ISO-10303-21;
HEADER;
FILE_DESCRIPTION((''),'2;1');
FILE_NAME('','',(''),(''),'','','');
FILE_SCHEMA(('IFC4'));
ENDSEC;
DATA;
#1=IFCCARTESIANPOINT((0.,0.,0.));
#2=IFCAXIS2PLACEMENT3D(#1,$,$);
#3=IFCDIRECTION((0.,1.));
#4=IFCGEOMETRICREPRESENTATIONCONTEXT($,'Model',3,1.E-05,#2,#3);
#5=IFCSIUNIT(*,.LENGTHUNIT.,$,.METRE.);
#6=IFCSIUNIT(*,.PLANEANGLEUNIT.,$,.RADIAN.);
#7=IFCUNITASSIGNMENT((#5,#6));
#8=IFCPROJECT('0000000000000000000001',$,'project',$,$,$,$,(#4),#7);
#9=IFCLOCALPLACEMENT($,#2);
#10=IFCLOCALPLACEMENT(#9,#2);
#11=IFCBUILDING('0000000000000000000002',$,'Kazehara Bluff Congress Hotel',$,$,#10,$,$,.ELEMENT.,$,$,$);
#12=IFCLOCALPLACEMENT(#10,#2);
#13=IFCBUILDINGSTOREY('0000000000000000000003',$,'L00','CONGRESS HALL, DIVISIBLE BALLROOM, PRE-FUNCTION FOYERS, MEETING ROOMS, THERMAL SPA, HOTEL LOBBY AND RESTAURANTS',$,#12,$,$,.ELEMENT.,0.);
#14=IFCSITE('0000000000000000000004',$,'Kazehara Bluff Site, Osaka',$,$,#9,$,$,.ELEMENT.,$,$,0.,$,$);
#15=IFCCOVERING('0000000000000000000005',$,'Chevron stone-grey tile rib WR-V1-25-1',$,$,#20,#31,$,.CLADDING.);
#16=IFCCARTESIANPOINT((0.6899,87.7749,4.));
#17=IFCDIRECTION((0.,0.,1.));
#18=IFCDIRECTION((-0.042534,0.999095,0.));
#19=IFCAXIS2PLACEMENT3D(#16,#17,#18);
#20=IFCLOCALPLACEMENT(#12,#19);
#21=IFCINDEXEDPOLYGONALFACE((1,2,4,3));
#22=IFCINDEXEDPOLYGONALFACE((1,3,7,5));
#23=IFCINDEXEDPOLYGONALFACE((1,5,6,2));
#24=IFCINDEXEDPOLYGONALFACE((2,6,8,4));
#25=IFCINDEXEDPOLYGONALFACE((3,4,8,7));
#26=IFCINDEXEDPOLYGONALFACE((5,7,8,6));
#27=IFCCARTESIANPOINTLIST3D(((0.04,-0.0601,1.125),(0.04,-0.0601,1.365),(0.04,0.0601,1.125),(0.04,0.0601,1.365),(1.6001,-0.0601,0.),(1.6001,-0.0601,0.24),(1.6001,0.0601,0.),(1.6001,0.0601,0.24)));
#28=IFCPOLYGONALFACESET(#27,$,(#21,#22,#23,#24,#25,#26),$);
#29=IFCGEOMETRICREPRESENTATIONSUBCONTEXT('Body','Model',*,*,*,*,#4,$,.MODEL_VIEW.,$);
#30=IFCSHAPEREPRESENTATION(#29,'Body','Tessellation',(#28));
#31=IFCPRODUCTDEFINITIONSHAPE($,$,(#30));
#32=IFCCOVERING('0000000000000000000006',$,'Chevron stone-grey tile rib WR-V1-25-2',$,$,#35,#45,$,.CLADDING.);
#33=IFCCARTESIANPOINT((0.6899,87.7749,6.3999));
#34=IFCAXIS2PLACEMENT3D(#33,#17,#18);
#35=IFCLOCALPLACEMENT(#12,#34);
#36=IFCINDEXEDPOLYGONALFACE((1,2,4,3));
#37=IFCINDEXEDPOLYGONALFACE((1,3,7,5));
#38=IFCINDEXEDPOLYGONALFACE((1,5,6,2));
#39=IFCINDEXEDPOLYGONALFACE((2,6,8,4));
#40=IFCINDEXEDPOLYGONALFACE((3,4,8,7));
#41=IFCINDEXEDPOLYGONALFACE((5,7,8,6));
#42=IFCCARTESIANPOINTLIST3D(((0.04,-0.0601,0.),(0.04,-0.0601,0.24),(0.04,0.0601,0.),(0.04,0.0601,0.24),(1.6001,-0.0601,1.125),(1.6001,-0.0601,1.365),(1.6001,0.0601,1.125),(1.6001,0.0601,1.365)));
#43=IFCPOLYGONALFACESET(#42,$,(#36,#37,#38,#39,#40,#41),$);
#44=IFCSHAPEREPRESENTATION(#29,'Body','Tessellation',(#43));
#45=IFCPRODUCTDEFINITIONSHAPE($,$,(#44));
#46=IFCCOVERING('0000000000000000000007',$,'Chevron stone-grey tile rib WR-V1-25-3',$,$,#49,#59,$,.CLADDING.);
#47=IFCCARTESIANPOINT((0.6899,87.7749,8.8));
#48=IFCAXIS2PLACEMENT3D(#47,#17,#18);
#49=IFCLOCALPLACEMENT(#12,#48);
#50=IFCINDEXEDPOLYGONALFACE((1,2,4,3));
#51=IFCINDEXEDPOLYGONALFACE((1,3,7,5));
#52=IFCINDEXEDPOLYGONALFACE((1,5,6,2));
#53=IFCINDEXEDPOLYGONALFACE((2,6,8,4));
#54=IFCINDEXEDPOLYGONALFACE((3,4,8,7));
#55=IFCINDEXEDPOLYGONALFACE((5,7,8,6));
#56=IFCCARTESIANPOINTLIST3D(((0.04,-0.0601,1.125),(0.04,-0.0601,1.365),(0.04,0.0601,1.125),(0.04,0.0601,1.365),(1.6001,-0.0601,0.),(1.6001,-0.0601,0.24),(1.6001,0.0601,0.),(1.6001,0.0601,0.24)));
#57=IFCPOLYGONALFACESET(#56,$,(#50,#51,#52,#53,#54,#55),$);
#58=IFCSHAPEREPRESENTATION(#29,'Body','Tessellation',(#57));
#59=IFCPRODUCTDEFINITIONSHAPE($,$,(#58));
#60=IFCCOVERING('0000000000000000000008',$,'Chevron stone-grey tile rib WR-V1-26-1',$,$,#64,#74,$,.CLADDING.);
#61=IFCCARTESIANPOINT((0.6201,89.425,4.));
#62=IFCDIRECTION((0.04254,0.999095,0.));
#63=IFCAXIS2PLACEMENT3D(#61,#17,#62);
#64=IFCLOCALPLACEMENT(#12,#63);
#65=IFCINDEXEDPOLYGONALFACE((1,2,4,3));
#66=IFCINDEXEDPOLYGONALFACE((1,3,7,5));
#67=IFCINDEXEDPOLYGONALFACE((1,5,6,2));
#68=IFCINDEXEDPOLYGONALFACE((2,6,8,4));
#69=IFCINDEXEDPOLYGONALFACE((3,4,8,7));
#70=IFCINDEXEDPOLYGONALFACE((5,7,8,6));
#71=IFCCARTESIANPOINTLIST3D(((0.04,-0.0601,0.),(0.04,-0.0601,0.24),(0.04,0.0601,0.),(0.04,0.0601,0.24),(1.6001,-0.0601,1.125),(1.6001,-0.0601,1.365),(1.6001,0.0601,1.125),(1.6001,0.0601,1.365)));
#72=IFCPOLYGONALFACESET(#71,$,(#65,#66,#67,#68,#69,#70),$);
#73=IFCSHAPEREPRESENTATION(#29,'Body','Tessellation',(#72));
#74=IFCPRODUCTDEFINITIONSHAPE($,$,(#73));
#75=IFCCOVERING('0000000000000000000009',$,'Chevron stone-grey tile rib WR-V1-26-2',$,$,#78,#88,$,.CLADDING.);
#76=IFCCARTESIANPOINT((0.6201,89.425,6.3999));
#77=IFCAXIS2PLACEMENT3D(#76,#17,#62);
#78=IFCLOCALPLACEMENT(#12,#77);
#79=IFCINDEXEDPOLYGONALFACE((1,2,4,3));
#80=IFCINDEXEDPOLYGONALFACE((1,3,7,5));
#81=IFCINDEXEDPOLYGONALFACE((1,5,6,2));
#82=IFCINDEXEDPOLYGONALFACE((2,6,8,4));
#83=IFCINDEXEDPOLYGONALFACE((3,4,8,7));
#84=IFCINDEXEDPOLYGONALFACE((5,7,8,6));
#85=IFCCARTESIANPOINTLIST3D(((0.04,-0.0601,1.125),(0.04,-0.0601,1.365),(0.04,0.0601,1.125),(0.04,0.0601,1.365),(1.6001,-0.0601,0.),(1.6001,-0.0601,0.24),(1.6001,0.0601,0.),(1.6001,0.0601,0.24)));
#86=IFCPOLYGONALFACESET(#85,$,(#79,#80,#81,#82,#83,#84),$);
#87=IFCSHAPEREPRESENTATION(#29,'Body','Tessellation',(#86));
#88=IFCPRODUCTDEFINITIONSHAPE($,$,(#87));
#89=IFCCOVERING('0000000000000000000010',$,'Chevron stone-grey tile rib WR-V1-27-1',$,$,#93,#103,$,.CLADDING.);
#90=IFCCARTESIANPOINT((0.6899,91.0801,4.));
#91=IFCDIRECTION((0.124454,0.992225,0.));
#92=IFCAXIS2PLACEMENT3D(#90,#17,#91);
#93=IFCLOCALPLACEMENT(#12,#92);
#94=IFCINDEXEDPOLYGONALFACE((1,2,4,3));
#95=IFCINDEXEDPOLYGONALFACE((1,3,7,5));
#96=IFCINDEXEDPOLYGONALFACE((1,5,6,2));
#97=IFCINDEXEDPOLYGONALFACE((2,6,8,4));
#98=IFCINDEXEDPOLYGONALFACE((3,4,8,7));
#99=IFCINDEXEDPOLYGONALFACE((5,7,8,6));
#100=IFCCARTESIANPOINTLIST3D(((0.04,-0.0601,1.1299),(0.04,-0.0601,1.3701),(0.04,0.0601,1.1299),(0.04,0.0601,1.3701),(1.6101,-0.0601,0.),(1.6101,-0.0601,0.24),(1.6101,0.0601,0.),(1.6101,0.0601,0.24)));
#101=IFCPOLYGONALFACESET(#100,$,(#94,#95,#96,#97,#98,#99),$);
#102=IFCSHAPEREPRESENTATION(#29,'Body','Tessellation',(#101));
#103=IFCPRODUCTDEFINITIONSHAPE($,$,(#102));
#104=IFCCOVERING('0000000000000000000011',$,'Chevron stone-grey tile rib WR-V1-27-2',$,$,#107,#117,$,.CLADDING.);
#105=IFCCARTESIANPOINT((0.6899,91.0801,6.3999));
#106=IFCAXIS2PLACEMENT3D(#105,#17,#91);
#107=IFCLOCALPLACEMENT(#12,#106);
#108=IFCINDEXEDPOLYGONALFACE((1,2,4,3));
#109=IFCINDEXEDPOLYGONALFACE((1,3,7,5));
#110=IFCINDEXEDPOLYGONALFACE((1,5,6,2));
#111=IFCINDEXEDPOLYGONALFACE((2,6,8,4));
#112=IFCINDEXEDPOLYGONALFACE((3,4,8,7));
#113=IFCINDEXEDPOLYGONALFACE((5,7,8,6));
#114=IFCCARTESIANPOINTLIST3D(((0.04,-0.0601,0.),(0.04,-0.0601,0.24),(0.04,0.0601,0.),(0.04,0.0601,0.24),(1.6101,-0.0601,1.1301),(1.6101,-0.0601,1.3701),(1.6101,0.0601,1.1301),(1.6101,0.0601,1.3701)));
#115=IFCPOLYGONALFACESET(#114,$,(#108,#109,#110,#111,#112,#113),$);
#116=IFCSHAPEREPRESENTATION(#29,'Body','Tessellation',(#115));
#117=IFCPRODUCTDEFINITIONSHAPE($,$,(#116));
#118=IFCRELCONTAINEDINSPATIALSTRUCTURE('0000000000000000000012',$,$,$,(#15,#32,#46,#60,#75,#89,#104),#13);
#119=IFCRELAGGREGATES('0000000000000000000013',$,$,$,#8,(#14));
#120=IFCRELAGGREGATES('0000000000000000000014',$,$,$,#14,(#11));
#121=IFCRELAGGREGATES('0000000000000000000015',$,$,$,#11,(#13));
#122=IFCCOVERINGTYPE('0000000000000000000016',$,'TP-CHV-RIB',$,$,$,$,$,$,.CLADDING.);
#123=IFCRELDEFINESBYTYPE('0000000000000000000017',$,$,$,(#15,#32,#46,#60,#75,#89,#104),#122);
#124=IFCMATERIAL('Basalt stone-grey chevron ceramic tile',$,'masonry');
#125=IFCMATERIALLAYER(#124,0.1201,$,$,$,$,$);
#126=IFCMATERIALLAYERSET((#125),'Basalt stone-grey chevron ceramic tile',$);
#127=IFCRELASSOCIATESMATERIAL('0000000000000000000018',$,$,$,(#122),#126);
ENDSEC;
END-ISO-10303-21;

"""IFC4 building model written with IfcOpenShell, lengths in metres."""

from ifc_helpers import new_model, si_unit, direction, frame, origin, place, context, subcontext, project, spatial, polyline, outline, extrude, material, layer, layer_set, type_object, element, save


model = new_model("IFC4")

# Units and contexts
model_context = context("Model", 3, precision=1e-05, world=origin(), true_north=direction((0.0, 1.0)))
body_context = subcontext(model_context, "Body", "Model", "MODEL_VIEW")
ifc_project = project(units=[si_unit("LENGTHUNIT", "METRE"), si_unit("PLANEANGLEUNIT", "RADIAN")], contexts=[model_context])

# Site, building, storey
site_placement = place(None, origin())
site = spatial("IfcSite", under=ifc_project, at=site_placement, Name="Kazehara Bluff Site, Osaka", CompositionType="ELEMENT", RefElevation=0.0)
building_placement = place(site_placement, origin())
building = spatial("IfcBuilding", under=site, at=building_placement, Name="Kazehara Bluff Congress Hotel", CompositionType="ELEMENT")
storey_placement = place(building_placement, origin())
storey = spatial("IfcBuildingStorey", under=building, at=storey_placement, Name="L00", Description="CONGRESS HALL, DIVISIBLE BALLROOM, PRE-FUNCTION FOYERS, MEETING ROOMS, THERMAL SPA, HOTEL LOBBY AND RESTAURANTS", CompositionType="ELEMENT", Elevation=0.0)

# Coverings
ifc_material_1 = material(Name="Basalt stone-grey chevron ceramic tile", Category="masonry")
ifc_layer_1 = layer(ifc_material_1, 0.1201)
ifc_layer_set_1 = layer_set([ifc_layer_1], Name="Basalt stone-grey chevron ceramic tile")
covering_type_1 = type_object("IfcCoveringType", Name="TP-CHV-RIB", PredefinedType="CLADDING", material=ifc_layer_set_1)
covering_1_placement = place(storey_placement, frame((0.6899, 87.7749, 4.0), z_axis=(0.0, 0.0, 1.0), x_axis=(-0.042534, 0.999095, 0.0)))
element("IfcCovering", 1, at=covering_1_placement, inside=storey, type_object=covering_type_1, Name="Chevron stone-grey tile rib WR-V1-25-1", PredefinedType="CLADDING", context=body_context, shape_type="SweptSolid", body=[
    extrude(outline(polyline([(0.04, 1.125), (1.6001, 0.0), (1.6001, 0.24), (0.04, 1.365), (0.04, 1.125)])), frame((0.0, 0.0601, 0.0), z_axis=(0.0, -1.0, 0.0), x_axis=(1.0, 0.0, 0.0)), (0.0, 0.0, 1.0), 0.1201),
])
covering_2_placement = place(storey_placement, frame((0.6899, 87.7749, 6.3999), z_axis=(0.0, 0.0, 1.0), x_axis=(-0.042534, 0.999095, 0.0)))
element("IfcCovering", 2, at=covering_2_placement, inside=storey, type_object=covering_type_1, Name="Chevron stone-grey tile rib WR-V1-25-2", PredefinedType="CLADDING", context=body_context, shape_type="SweptSolid", body=[
    extrude(outline(polyline([(0.04, 0.0), (1.6001, 1.125), (1.6001, 1.365), (0.04, 0.24), (0.04, 0.0)])), frame((0.0, 0.0601, 0.0), z_axis=(0.0, -1.0, 0.0), x_axis=(1.0, 0.0, 0.0)), (0.0, 0.0, 1.0), 0.1201),
])
covering_3_placement = place(storey_placement, frame((0.6899, 87.7749, 8.8), z_axis=(0.0, 0.0, 1.0), x_axis=(-0.042534, 0.999095, 0.0)))
element("IfcCovering", 3, at=covering_3_placement, inside=storey, type_object=covering_type_1, Name="Chevron stone-grey tile rib WR-V1-25-3", PredefinedType="CLADDING", context=body_context, shape_type="SweptSolid", body=[
    extrude(outline(polyline([(0.04, 1.125), (1.6001, 0.0), (1.6001, 0.24), (0.04, 1.365), (0.04, 1.125)])), frame((0.0, 0.0601, 0.0), z_axis=(0.0, -1.0, 0.0), x_axis=(1.0, 0.0, 0.0)), (0.0, 0.0, 1.0), 0.1201),
])
covering_4_placement = place(storey_placement, frame((0.6201, 89.425, 4.0), z_axis=(0.0, 0.0, 1.0), x_axis=(0.04254, 0.999095, 0.0)))
element("IfcCovering", 4, at=covering_4_placement, inside=storey, type_object=covering_type_1, Name="Chevron stone-grey tile rib WR-V1-26-1", PredefinedType="CLADDING", context=body_context, shape_type="SweptSolid", body=[
    extrude(outline(polyline([(0.04, 0.0), (1.6001, 1.125), (1.6001, 1.365), (0.04, 0.24), (0.04, 0.0)])), frame((0.0, 0.0601, 0.0), z_axis=(0.0, -1.0, 0.0), x_axis=(1.0, 0.0, 0.0)), (0.0, 0.0, 1.0), 0.1201),
])
covering_5_placement = place(storey_placement, frame((0.6201, 89.425, 6.3999), z_axis=(0.0, 0.0, 1.0), x_axis=(0.04254, 0.999095, 0.0)))
element("IfcCovering", 5, at=covering_5_placement, inside=storey, type_object=covering_type_1, Name="Chevron stone-grey tile rib WR-V1-26-2", PredefinedType="CLADDING", context=body_context, shape_type="SweptSolid", body=[
    extrude(outline(polyline([(0.04, 1.125), (1.6001, 0.0), (1.6001, 0.24), (0.04, 1.365), (0.04, 1.125)])), frame((0.0, 0.0601, 0.0), z_axis=(0.0, -1.0, 0.0), x_axis=(1.0, 0.0, 0.0)), (0.0, 0.0, 1.0), 0.1201),
])
covering_6_placement = place(storey_placement, frame((0.6899, 91.0801, 4.0), z_axis=(0.0, 0.0, 1.0), x_axis=(0.124454, 0.992225, 0.0)))
element("IfcCovering", 6, at=covering_6_placement, inside=storey, type_object=covering_type_1, Name="Chevron stone-grey tile rib WR-V1-27-1", PredefinedType="CLADDING", context=body_context, shape_type="SweptSolid", body=[
    extrude(outline(polyline([(0.04, 1.1299), (1.6101, 0.0), (1.6101, 0.24), (0.04, 1.3701), (0.04, 1.1299)])), frame((0.0, 0.0601, 0.0), z_axis=(0.0, -1.0, 0.0), x_axis=(1.0, 0.0, 0.0)), (0.0, 0.0, 1.0), 0.1201),
])
covering_7_placement = place(storey_placement, frame((0.6899, 91.0801, 6.3999), z_axis=(0.0, 0.0, 1.0), x_axis=(0.124454, 0.992225, 0.0)))
element("IfcCovering", 7, at=covering_7_placement, inside=storey, type_object=covering_type_1, Name="Chevron stone-grey tile rib WR-V1-27-2", PredefinedType="CLADDING", context=body_context, shape_type="SweptSolid", body=[
    extrude(outline(polyline([(0.04, 0.0), (1.6101, 1.1301), (1.6101, 1.3701), (0.04, 0.24), (0.04, 0.0)])), frame((0.0, 0.0601, 0.0), z_axis=(0.0, -1.0, 0.0), x_axis=(1.0, 0.0, 0.0)), (0.0, 0.0, 1.0), 0.1201),
])

save(model, "model.ifc")
